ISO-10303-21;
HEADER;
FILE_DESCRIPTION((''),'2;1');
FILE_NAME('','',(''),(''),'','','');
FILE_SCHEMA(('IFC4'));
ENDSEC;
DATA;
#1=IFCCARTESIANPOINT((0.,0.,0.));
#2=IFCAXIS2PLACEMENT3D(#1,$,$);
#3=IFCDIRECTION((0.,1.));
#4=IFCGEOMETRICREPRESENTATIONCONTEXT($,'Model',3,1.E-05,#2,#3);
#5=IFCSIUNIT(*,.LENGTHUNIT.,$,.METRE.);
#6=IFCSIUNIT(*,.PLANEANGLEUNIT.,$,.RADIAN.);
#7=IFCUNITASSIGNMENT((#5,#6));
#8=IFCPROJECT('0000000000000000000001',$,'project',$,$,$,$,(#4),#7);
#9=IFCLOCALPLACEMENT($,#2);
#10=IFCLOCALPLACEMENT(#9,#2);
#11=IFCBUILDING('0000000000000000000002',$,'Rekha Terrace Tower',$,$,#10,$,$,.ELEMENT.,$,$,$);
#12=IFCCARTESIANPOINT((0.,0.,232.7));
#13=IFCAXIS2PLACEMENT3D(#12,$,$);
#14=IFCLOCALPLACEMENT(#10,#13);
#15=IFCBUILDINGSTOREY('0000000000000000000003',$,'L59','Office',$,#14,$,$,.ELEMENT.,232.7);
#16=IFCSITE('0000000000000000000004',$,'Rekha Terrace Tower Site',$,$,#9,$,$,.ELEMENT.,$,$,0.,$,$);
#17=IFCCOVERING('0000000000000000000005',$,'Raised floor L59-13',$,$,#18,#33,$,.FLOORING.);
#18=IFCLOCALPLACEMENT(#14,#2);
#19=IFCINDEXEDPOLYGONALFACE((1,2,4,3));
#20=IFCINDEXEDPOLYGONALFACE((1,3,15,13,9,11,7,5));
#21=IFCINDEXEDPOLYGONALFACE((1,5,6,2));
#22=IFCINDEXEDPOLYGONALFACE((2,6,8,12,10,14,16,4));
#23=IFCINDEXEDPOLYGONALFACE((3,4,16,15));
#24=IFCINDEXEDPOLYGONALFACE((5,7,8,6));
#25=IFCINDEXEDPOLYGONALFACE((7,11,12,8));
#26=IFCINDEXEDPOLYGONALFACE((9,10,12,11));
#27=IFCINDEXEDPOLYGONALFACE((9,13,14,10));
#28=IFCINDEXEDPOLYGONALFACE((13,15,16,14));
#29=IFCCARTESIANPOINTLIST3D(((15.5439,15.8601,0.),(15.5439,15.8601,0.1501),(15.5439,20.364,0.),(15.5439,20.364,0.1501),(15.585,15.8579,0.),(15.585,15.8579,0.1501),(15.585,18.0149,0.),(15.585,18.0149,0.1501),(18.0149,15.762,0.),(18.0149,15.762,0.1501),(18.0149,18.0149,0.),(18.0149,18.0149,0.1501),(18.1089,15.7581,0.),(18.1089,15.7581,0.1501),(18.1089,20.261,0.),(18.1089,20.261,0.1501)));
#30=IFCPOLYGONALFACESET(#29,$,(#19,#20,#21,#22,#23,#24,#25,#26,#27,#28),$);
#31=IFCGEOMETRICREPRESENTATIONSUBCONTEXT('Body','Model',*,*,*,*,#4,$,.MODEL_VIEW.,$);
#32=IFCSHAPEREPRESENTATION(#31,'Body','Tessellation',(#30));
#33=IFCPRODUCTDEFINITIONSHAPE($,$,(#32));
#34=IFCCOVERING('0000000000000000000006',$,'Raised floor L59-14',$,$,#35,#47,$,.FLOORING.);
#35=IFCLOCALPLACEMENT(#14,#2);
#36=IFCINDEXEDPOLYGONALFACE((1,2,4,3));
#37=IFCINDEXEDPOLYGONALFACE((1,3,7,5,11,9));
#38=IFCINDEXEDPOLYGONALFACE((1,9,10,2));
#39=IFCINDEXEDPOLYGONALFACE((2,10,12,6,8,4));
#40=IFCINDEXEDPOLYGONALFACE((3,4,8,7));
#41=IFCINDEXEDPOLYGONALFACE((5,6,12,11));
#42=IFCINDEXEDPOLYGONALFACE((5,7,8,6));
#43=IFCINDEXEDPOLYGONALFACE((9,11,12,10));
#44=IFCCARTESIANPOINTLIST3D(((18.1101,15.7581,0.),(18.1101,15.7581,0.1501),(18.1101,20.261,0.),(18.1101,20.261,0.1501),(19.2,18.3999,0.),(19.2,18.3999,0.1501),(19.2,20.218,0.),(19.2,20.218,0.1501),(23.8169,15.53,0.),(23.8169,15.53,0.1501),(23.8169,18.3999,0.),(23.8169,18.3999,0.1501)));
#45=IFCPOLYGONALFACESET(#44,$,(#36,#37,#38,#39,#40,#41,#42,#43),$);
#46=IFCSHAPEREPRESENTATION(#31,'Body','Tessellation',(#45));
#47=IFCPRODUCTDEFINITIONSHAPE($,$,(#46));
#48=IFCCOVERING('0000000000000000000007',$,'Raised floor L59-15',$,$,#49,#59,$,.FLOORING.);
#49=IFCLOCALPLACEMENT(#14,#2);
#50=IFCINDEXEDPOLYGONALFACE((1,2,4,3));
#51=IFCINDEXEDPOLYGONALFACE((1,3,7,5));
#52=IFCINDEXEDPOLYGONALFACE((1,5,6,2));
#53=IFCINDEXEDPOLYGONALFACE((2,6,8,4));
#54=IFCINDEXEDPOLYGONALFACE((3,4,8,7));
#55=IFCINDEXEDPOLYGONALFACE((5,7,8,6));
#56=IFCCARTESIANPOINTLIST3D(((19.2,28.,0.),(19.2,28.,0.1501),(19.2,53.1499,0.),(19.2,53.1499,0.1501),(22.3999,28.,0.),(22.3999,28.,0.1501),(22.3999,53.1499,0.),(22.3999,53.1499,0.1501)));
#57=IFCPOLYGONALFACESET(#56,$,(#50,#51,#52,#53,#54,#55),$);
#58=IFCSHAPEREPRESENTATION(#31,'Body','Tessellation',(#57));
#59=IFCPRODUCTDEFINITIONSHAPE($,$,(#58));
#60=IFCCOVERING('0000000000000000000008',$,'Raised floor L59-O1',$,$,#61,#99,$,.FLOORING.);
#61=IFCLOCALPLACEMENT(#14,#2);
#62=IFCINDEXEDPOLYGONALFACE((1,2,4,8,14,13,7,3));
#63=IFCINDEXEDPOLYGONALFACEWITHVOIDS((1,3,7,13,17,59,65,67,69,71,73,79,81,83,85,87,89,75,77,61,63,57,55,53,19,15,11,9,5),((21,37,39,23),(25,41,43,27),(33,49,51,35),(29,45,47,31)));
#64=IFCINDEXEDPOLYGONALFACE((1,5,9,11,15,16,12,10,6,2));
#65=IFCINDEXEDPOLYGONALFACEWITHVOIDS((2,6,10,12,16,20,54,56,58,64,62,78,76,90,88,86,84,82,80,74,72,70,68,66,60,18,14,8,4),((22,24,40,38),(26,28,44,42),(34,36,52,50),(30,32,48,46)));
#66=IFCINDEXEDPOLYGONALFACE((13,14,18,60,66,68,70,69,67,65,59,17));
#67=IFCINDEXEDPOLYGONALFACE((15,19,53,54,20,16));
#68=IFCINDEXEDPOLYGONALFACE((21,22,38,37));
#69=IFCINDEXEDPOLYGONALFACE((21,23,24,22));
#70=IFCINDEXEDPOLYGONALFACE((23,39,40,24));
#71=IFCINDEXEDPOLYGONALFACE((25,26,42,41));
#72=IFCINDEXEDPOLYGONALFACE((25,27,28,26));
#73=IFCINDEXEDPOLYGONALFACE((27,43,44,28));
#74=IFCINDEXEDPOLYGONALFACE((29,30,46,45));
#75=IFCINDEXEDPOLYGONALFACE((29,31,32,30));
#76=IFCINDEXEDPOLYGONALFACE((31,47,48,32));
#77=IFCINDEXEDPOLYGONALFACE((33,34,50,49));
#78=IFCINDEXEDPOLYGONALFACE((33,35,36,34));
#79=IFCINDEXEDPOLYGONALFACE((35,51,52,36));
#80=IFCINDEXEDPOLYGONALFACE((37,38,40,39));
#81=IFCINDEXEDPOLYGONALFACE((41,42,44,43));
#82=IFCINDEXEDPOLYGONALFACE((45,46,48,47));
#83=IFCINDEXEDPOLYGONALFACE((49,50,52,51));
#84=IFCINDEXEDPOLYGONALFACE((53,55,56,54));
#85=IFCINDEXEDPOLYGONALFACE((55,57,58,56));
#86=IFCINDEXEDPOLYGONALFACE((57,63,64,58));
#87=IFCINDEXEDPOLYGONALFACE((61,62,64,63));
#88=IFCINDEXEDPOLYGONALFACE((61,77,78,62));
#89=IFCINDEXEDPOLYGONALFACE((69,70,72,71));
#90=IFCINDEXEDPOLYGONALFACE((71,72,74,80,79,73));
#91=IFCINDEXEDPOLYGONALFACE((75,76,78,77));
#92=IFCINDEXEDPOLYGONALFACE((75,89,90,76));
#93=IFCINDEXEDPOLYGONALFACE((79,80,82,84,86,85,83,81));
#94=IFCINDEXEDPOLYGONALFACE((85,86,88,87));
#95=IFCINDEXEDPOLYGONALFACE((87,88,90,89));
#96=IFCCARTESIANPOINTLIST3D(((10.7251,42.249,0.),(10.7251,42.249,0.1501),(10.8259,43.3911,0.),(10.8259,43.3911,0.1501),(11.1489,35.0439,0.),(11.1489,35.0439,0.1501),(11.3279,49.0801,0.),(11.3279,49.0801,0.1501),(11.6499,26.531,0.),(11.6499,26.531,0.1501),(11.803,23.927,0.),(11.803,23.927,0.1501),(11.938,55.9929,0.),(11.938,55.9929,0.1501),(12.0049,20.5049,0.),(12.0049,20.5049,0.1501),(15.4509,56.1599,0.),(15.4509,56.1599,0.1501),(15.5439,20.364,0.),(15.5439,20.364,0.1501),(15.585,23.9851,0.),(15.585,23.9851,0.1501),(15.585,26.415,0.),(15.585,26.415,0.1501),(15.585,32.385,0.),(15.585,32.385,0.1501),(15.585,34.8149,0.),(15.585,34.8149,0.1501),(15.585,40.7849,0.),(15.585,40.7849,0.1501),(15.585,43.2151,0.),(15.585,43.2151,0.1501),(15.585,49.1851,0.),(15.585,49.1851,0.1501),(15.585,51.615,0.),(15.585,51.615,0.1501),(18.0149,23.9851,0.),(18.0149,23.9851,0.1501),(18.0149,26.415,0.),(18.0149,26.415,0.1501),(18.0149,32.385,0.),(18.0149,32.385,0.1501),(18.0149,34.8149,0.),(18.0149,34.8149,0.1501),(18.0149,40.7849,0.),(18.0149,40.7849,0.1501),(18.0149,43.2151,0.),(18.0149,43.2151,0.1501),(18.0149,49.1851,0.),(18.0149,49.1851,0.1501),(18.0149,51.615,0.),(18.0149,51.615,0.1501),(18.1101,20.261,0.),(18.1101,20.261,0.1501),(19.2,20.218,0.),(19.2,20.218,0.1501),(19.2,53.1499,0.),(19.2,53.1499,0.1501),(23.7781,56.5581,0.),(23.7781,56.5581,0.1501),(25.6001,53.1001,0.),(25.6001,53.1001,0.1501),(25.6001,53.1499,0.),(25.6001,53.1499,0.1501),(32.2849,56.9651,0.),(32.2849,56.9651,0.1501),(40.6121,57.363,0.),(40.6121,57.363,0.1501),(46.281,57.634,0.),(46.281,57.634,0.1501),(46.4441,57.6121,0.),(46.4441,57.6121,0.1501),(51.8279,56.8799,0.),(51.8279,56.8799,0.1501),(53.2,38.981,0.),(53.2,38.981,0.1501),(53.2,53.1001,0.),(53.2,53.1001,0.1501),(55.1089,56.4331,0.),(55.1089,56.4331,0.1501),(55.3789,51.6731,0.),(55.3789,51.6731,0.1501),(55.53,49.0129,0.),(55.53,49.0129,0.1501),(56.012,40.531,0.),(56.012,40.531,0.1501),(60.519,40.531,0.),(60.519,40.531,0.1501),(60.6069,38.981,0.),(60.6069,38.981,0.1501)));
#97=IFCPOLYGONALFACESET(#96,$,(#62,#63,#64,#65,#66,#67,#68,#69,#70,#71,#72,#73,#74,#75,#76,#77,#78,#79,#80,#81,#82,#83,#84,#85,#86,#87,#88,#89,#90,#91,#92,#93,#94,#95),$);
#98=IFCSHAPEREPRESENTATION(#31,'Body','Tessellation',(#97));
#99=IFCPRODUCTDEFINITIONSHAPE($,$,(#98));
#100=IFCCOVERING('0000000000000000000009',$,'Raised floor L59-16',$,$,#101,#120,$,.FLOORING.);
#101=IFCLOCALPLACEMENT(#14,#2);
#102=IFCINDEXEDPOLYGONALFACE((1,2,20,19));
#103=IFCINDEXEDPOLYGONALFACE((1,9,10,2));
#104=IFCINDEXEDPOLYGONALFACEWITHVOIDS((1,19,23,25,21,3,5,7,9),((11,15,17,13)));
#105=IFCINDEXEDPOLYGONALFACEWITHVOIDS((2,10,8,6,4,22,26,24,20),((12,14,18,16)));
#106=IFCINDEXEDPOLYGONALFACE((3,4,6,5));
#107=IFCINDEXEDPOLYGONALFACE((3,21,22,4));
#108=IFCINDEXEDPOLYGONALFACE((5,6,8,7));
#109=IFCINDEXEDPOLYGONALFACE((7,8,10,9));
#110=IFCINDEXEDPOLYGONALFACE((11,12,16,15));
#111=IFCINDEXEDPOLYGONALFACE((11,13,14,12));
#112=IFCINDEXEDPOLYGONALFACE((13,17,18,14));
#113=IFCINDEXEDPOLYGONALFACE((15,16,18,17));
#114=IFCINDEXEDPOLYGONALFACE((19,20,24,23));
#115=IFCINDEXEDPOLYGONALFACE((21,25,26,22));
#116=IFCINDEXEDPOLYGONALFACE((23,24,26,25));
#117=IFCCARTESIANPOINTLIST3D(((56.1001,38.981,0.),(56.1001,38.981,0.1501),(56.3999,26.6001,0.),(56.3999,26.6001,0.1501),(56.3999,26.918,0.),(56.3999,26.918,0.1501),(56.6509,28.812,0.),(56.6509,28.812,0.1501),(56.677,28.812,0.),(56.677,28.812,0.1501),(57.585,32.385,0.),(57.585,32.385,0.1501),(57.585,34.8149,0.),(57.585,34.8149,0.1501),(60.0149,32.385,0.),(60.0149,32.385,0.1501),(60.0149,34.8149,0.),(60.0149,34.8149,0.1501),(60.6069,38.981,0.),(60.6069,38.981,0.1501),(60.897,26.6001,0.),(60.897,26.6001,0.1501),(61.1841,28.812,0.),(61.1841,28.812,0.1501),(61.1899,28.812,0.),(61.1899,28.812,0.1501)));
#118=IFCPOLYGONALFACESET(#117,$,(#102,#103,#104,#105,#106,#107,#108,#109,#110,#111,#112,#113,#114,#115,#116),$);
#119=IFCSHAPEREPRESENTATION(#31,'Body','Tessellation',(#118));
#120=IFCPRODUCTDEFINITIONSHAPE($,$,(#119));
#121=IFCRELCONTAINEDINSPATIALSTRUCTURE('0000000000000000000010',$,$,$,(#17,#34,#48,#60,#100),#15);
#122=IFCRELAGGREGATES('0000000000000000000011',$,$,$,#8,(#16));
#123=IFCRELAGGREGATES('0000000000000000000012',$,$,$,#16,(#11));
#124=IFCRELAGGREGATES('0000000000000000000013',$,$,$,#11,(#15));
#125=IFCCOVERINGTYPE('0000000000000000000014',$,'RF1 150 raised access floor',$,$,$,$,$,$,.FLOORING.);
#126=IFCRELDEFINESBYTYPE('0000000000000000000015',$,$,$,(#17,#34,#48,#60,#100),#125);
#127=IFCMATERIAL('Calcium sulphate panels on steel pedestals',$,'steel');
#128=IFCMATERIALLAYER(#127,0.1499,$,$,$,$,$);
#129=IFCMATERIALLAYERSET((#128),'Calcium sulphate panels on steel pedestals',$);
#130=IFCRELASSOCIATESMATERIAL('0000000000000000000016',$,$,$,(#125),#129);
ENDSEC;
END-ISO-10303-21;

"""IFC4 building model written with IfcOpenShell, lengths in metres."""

from ifc_helpers import new_model, si_unit, direction, frame, origin, place, context, subcontext, project, spatial, polyline, outline, extrude, material, layer, layer_set, type_object, element, save


model = new_model("IFC4")

# Units and contexts
model_context = context("Model", 3, precision=1e-05, world=origin(), true_north=direction((0.0, 1.0)))
body_context = subcontext(model_context, "Body", "Model", "MODEL_VIEW")
ifc_project = project(units=[si_unit("LENGTHUNIT", "METRE"), si_unit("PLANEANGLEUNIT", "RADIAN")], contexts=[model_context])

# Site, building, storey
site_placement = place(None, origin())
site = spatial("IfcSite", under=ifc_project, at=site_placement, Name="Rekha Terrace Tower Site", CompositionType="ELEMENT", RefElevation=0.0)
building_placement = place(site_placement, origin())
building = spatial("IfcBuilding", under=site, at=building_placement, Name="Rekha Terrace Tower", CompositionType="ELEMENT")
storey_placement = place(building_placement, frame((0.0, 0.0, 232.7)))
storey = spatial("IfcBuildingStorey", under=building, at=storey_placement, Name="L59", Description="Office", CompositionType="ELEMENT", Elevation=232.7)

# Coverings
ifc_material_1 = material(Name="Calcium sulphate panels on steel pedestals", Category="steel")
ifc_layer_1 = layer(ifc_material_1, 0.1499)
ifc_layer_set_1 = layer_set([ifc_layer_1], Name="Calcium sulphate panels on steel pedestals")
covering_type_1 = type_object("IfcCoveringType", Name="RF1 150 raised access floor", PredefinedType="FLOORING", material=ifc_layer_set_1)
covering_1_placement = place(storey_placement, origin())
element("IfcCovering", 1, at=covering_1_placement, inside=storey, type_object=covering_type_1, Name="Raised floor L59-13", PredefinedType="FLOORING", context=body_context, shape_type="SweptSolid", body=[
    extrude(outline(polyline([(18.0149, 18.0149), (18.0149, 15.762), (18.1089, 15.7581), (18.1089, 20.261), (15.5439, 20.364), (15.5439, 15.8601), (15.585, 15.8579), (15.585, 18.0149), (18.0149, 18.0149)])), origin(), (0.0, 0.0, 1.0), 0.1501),
])
covering_2_placement = place(storey_placement, origin())
element("IfcCovering", 2, at=covering_2_placement, inside=storey, type_object=covering_type_1, Name="Raised floor L59-14", PredefinedType="FLOORING", context=body_context, shape_type="SweptSolid", body=[
    extrude(outline(polyline([(23.8169, 15.53), (23.8169, 18.3999), (19.2, 18.3999), (19.2, 20.218), (18.1101, 20.261), (18.1101, 15.7581), (23.8169, 15.53)])), origin(), (0.0, 0.0, 1.0), 0.1501),
])
covering_3_placement = place(storey_placement, origin())
element("IfcCovering", 3, at=covering_3_placement, inside=storey, type_object=covering_type_1, Name="Raised floor L59-15", PredefinedType="FLOORING", context=body_context, shape_type="SweptSolid", body=[
    extrude(outline(polyline([(19.2, 53.1499), (19.2, 28.0), (22.3999, 28.0), (22.3999, 53.1499), (19.2, 53.1499)])), origin(), (0.0, 0.0, 1.0), 0.1501),
])
covering_4_placement = place(storey_placement, origin())
element("IfcCovering", 4, at=covering_4_placement, inside=storey, type_object=covering_type_1, Name="Raised floor L59-O1", PredefinedType="FLOORING", context=body_context, shape_type="SweptSolid", body=[
    extrude(outline(polyline([(11.3279, 49.0801), (10.8259, 43.3911), (10.7251, 42.249), (11.1489, 35.0439), (11.6499, 26.531), (11.803, 23.927), (12.0049, 20.5049), (15.5439, 20.364), (18.1101, 20.261), (19.2, 20.218), (19.2, 53.1499), (25.6001, 53.1499), (25.6001, 53.1001), (53.2, 53.1001), (53.2, 38.981), (60.6069, 38.981), (60.519, 40.531), (56.012, 40.531), (55.53, 49.0129), (55.3789, 51.6731), (55.1089, 56.4331), (51.8279, 56.8799), (46.4441, 57.6121), (46.281, 57.634), (40.6121, 57.363), (32.2849, 56.9651), (23.7781, 56.5581), (15.4509, 56.1599), (11.938, 55.9929), (11.3279, 49.0801)]), holes=[polyline([(18.0149, 23.9851), (15.585, 23.9851), (15.585, 26.415), (18.0149, 26.415), (18.0149, 23.9851)]), polyline([(18.0149, 32.385), (15.585, 32.385), (15.585, 34.8149), (18.0149, 34.8149), (18.0149, 32.385)]), polyline([(18.0149, 43.2151), (18.0149, 40.7849), (15.585, 40.7849), (15.585, 43.2151), (18.0149, 43.2151)]), polyline([(18.0149, 51.615), (18.0149, 49.1851), (15.585, 49.1851), (15.585, 51.615), (18.0149, 51.615)])]), origin(), (0.0, 0.0, 1.0), 0.1501),
])
covering_5_placement = place(storey_placement, origin())
element("IfcCovering", 5, at=covering_5_placement, inside=storey, type_object=covering_type_1, Name="Raised floor L59-16", PredefinedType="FLOORING", context=body_context, shape_type="SweptSolid", body=[
    extrude(outline(polyline([(56.1001, 38.981), (56.677, 28.812), (56.6509, 28.812), (56.3999, 26.918), (56.3999, 26.6001), (60.897, 26.6001), (61.1899, 28.812), (61.1841, 28.812), (60.6069, 38.981), (56.1001, 38.981)]), holes=[polyline([(60.0149, 34.8149), (60.0149, 32.385), (57.585, 32.385), (57.585, 34.8149), (60.0149, 34.8149)])]), origin(), (0.0, 0.0, 1.0), 0.1501),
])

save(model, "model.ifc")
